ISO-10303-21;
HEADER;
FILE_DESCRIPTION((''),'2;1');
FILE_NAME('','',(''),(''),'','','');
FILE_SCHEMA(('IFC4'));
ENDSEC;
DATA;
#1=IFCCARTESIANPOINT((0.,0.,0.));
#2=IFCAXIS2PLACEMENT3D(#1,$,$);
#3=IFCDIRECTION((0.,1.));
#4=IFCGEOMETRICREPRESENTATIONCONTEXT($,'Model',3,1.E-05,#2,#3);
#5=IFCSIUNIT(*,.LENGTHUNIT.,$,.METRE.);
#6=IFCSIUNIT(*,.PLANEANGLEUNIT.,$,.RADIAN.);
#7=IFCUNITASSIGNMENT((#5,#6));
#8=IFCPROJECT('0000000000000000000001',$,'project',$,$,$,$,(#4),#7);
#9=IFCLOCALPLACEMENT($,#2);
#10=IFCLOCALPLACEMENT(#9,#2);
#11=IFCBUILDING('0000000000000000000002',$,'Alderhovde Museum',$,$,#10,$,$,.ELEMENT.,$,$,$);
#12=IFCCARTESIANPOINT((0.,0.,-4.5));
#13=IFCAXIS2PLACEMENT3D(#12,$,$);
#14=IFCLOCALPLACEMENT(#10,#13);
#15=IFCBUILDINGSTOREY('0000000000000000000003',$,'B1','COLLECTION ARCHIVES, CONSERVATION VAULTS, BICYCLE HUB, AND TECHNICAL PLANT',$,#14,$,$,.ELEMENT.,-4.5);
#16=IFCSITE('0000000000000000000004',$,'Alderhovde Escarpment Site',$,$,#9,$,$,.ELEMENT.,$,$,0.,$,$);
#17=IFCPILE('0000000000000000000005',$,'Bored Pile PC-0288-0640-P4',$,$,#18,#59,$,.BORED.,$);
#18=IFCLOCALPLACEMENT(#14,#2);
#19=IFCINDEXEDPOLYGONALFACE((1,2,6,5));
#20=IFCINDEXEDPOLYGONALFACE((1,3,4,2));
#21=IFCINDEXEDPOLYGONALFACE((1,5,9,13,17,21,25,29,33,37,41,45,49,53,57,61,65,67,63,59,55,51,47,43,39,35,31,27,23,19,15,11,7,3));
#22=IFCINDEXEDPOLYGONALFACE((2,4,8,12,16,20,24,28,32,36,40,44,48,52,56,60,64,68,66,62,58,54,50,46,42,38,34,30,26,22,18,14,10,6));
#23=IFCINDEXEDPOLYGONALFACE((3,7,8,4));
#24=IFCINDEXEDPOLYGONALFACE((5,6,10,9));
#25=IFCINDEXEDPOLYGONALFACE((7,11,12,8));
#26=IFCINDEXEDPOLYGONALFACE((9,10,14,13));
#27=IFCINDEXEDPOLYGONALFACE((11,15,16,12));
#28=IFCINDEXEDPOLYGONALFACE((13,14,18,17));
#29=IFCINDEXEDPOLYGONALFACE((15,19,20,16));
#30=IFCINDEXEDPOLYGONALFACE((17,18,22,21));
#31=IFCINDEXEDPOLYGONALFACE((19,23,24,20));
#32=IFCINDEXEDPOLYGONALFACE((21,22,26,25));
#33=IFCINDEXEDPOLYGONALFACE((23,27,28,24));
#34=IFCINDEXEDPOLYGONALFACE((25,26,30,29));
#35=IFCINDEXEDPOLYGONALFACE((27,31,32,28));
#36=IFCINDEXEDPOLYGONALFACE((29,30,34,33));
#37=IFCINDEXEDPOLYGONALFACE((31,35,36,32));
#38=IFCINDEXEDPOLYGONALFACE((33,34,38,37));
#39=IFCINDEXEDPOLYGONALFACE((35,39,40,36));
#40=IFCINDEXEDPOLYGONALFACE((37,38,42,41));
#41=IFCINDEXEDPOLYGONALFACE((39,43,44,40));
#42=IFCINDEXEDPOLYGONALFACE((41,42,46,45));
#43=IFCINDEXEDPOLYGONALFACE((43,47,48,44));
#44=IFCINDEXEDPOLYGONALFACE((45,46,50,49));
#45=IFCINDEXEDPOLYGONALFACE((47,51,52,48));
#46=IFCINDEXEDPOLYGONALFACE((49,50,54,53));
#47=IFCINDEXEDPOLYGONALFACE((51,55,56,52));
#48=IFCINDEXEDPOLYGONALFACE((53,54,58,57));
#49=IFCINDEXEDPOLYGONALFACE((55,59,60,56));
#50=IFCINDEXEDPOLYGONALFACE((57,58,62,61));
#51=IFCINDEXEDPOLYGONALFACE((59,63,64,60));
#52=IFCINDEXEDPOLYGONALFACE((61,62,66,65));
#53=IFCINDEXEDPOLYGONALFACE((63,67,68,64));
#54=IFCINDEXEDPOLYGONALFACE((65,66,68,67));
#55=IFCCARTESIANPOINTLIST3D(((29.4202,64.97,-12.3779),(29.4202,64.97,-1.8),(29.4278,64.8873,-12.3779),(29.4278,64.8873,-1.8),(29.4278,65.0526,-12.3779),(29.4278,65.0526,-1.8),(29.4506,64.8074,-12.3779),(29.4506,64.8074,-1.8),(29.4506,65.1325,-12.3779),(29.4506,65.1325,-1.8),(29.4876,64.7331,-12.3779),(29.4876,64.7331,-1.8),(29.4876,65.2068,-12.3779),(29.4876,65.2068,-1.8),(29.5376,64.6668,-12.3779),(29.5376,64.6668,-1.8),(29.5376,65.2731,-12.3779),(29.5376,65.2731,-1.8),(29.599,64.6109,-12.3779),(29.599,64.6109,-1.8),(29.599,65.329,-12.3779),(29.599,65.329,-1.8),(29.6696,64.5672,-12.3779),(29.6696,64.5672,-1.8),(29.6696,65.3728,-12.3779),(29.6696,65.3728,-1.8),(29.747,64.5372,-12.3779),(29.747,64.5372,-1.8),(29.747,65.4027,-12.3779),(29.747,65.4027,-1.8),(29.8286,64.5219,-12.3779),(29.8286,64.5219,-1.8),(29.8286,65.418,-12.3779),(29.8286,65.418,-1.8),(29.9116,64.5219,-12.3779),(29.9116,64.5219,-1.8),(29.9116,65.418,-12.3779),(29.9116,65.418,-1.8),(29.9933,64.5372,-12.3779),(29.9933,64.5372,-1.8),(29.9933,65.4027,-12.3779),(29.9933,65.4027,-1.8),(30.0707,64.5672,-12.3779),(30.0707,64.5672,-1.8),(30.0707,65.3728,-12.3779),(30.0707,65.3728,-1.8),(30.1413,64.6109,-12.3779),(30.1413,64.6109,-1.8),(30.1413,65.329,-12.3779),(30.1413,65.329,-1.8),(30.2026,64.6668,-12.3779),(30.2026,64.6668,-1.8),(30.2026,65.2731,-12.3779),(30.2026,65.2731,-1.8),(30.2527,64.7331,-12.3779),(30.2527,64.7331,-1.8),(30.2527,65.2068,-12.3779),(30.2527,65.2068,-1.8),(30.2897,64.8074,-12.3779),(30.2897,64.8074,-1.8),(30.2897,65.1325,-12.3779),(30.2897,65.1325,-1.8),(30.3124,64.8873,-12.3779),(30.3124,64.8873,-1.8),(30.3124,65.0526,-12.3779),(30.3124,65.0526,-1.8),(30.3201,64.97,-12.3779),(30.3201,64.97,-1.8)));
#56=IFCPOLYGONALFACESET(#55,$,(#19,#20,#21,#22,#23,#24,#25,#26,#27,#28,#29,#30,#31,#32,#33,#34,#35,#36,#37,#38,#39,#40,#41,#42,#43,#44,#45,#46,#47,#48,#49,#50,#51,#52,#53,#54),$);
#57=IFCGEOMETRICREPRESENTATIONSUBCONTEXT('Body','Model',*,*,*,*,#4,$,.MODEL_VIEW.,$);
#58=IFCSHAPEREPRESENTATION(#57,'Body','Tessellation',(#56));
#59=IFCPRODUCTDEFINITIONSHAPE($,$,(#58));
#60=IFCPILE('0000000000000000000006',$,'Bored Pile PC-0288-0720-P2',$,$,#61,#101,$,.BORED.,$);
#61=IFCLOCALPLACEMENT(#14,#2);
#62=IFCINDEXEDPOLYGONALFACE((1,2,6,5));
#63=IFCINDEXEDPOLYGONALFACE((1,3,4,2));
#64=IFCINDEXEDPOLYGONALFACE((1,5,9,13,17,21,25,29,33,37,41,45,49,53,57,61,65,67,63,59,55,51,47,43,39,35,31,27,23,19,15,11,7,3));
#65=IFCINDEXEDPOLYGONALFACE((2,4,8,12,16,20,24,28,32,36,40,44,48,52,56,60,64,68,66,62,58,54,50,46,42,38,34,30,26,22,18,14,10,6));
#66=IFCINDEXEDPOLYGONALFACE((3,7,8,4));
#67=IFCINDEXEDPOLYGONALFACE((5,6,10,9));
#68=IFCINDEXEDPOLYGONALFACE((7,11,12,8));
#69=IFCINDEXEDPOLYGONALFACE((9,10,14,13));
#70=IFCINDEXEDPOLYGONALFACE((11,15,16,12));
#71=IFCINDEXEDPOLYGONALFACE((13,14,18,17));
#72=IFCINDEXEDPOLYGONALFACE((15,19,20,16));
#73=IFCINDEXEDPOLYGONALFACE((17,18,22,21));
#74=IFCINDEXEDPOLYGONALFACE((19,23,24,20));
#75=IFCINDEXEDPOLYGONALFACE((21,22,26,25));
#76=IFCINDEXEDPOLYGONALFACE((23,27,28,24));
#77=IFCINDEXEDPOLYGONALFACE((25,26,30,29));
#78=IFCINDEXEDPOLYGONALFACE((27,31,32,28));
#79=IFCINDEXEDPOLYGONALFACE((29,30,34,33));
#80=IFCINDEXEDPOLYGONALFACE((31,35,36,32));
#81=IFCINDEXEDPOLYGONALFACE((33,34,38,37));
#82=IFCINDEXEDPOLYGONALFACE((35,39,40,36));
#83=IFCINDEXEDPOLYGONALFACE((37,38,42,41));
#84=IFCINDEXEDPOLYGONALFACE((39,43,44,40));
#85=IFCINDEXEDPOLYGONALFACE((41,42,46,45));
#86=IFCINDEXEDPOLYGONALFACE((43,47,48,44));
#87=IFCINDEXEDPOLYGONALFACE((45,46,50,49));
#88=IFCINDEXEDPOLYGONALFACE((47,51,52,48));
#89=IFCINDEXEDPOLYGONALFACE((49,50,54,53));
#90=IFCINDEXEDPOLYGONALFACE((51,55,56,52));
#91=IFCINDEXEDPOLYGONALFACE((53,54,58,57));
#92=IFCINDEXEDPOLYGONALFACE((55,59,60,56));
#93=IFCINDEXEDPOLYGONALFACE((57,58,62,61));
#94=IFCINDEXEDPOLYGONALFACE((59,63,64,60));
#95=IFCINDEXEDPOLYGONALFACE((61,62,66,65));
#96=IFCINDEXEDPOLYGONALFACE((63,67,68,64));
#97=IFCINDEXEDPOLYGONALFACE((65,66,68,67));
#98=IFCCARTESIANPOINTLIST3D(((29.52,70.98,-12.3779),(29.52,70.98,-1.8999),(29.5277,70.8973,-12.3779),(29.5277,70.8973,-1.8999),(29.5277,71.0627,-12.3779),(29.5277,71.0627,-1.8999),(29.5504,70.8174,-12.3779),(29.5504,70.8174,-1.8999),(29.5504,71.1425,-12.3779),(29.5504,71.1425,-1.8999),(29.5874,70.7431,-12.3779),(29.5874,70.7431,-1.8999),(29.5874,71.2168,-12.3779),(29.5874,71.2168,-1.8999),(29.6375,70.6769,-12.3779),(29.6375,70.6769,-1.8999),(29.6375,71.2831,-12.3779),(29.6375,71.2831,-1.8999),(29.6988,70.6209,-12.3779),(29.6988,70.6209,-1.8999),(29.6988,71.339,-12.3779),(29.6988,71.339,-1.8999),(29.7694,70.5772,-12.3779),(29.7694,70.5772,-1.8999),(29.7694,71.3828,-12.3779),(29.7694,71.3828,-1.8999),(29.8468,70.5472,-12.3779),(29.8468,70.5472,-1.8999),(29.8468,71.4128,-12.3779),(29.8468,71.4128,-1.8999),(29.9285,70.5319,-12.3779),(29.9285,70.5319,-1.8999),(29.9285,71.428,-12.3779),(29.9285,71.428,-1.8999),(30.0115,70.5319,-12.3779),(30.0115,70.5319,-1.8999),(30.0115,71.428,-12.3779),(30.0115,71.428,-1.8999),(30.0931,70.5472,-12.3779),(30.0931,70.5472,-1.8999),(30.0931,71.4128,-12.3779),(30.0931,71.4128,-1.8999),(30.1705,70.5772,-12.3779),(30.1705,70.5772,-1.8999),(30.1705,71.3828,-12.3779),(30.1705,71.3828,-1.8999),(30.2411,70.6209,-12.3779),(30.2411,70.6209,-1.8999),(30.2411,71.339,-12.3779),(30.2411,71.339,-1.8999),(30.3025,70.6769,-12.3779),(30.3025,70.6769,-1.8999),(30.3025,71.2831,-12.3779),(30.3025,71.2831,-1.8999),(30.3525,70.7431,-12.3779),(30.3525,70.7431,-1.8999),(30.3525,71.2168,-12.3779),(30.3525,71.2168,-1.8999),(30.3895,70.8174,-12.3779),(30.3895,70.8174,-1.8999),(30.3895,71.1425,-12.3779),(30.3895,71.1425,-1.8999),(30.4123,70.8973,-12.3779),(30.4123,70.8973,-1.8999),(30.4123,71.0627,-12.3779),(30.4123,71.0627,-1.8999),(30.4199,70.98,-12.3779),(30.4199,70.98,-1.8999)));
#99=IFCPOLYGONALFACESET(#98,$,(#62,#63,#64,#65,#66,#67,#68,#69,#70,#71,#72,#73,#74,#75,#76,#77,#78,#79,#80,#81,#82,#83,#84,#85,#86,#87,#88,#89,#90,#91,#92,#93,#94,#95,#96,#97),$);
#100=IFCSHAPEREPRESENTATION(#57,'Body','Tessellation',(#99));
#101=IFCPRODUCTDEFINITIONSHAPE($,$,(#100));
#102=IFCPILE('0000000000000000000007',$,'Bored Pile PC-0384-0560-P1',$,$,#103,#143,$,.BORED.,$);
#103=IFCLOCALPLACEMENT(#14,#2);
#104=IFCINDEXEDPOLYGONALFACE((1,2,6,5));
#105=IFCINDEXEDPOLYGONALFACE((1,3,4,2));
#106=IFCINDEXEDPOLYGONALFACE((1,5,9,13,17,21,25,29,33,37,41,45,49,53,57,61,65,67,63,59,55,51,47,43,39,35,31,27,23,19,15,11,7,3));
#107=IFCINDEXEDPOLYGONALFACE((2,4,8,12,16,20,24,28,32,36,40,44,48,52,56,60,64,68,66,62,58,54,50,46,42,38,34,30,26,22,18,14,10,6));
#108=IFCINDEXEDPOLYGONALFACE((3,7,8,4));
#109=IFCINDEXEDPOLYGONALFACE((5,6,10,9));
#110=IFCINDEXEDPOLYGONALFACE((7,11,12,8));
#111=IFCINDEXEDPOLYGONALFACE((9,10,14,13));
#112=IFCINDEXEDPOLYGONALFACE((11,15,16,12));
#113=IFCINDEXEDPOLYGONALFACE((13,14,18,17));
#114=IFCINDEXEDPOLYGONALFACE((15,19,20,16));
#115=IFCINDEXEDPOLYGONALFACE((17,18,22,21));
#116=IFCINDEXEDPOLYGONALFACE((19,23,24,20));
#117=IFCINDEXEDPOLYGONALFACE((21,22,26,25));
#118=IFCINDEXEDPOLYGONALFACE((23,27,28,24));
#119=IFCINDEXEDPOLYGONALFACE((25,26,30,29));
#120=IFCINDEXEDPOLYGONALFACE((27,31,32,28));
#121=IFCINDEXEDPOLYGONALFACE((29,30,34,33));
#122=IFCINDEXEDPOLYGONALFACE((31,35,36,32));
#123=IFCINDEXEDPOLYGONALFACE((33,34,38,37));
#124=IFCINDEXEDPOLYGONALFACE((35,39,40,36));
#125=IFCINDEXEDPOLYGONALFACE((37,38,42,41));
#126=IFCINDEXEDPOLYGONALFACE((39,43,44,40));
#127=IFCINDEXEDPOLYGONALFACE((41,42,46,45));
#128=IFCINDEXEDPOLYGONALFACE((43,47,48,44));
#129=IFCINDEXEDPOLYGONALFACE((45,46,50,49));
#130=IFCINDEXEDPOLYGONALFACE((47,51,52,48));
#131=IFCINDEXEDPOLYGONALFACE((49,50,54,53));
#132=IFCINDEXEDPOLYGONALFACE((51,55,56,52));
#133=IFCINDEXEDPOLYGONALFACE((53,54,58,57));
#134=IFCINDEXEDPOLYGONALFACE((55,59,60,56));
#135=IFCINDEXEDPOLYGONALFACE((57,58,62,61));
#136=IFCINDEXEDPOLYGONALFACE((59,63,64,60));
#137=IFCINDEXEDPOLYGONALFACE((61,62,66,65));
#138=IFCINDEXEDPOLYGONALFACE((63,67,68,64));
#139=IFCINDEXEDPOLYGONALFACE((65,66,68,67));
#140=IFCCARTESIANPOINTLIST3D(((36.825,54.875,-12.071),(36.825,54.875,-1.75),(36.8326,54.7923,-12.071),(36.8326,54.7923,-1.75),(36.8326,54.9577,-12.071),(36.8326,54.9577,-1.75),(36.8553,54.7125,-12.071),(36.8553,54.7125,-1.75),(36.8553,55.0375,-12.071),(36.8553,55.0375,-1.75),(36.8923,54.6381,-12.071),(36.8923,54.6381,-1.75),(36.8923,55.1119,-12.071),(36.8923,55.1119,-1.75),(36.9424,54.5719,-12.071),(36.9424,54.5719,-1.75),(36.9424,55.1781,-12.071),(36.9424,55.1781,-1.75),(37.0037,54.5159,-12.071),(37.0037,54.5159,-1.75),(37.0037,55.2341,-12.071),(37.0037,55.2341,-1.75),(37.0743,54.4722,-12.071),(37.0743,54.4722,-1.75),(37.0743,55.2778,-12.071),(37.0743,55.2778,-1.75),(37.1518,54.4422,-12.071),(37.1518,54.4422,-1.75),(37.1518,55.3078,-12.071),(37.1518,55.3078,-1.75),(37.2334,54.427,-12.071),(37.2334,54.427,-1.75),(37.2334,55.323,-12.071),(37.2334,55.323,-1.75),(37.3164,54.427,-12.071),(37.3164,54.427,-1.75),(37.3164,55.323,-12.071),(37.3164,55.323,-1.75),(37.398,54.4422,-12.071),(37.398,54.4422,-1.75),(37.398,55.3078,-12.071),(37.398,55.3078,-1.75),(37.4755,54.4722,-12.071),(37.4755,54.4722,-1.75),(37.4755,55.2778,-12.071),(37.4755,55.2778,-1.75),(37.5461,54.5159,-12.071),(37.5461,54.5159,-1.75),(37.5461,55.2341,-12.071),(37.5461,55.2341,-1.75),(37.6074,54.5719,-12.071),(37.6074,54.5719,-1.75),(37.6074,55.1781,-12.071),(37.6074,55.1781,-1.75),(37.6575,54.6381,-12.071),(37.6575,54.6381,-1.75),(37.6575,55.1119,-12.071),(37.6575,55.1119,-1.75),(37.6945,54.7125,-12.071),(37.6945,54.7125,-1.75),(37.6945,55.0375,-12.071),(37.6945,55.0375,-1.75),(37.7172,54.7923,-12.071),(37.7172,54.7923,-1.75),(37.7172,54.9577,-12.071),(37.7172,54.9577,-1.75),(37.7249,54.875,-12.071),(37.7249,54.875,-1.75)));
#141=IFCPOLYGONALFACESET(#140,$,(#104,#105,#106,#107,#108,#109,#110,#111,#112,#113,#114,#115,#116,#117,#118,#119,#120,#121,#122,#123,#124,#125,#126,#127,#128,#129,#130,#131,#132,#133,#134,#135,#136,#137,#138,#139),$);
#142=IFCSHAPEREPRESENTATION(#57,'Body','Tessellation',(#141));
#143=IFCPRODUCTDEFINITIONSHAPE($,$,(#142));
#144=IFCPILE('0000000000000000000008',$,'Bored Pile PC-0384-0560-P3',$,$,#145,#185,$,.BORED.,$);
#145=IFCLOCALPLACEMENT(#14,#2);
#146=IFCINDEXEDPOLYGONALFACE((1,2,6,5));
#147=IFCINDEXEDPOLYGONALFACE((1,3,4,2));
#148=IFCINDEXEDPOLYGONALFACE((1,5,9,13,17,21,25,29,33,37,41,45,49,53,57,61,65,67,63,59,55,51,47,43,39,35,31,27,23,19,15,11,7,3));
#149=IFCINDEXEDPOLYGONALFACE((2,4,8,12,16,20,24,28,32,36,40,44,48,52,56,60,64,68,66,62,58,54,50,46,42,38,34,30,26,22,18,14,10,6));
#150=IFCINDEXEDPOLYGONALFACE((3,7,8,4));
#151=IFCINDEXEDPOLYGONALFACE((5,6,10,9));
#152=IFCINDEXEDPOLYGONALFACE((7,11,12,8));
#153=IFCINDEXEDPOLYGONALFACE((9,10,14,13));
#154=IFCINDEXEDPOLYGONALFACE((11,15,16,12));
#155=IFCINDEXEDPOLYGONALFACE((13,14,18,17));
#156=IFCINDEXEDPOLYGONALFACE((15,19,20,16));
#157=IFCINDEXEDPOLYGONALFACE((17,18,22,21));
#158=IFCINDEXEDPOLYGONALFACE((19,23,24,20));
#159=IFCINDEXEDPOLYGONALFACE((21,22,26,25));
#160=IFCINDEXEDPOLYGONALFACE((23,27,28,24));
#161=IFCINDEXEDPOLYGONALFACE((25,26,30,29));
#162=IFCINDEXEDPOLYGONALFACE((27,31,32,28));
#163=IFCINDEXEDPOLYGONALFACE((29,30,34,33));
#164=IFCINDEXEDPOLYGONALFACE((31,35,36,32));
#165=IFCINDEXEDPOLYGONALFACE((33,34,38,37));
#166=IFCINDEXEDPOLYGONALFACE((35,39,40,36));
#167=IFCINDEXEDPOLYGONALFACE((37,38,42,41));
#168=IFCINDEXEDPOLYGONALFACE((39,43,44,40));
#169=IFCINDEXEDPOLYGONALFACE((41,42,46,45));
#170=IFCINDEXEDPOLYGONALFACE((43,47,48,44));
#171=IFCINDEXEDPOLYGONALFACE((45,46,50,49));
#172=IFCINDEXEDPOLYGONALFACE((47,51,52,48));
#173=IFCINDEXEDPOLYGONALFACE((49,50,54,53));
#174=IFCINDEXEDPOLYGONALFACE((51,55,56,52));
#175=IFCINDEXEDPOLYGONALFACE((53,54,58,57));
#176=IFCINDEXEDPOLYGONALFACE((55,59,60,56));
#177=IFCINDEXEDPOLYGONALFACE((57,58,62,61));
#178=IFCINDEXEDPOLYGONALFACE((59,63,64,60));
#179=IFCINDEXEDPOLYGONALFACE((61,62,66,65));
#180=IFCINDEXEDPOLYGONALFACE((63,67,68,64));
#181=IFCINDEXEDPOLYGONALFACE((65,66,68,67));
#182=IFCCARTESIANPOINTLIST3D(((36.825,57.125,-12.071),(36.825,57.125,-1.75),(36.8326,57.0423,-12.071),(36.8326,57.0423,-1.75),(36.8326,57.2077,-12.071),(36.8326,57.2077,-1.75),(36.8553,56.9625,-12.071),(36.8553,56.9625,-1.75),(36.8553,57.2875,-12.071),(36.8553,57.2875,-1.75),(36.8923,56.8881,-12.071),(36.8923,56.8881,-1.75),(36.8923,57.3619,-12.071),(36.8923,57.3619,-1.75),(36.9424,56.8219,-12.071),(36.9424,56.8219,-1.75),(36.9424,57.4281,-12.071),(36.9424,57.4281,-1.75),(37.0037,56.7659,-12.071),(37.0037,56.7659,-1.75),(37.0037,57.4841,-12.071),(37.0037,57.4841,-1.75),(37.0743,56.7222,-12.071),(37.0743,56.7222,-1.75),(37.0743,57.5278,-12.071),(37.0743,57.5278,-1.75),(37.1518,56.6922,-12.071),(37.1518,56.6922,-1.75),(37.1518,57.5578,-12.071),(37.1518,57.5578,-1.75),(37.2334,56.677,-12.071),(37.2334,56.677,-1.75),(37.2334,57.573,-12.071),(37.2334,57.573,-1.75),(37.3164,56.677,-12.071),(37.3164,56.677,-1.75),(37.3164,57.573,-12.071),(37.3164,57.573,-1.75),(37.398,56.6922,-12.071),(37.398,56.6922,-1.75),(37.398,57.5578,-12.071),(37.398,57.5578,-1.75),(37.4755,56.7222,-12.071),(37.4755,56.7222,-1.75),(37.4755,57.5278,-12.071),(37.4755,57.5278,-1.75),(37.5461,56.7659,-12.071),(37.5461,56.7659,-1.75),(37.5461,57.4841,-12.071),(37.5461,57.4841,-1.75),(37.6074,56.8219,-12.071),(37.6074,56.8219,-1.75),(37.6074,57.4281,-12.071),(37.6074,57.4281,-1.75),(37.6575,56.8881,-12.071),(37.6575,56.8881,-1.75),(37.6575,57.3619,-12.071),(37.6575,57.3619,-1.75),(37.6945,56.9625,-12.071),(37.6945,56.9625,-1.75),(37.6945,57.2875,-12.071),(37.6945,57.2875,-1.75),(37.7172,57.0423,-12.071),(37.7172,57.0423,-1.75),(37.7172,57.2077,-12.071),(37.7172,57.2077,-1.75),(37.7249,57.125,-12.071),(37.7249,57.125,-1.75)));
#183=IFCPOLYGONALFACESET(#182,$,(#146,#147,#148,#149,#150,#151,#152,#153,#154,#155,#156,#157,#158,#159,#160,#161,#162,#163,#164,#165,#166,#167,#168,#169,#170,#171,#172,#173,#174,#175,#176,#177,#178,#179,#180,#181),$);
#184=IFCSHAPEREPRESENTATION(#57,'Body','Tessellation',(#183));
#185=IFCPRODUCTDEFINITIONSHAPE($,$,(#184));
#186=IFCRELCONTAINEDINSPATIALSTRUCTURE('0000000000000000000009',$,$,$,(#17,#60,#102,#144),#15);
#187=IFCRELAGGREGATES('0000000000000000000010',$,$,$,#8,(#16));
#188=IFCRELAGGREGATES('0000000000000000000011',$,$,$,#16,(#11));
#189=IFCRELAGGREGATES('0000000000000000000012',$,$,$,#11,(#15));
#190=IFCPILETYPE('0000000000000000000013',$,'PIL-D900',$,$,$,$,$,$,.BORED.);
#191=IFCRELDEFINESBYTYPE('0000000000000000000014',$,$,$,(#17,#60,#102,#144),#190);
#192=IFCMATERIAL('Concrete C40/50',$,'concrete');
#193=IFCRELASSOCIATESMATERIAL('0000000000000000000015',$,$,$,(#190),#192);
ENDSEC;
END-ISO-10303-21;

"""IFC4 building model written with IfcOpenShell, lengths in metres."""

from ifc_helpers import new_model, si_unit, direction, frame, origin, origin_2d, place, context, subcontext, project, spatial, circle, extrude, material, material_profile, profile_set, type_object, element, save


model = new_model("IFC4")

# Units and contexts
model_context = context("Model", 3, precision=1e-05, world=origin(), true_north=direction((0.0, 1.0)))
body_context = subcontext(model_context, "Body", "Model", "MODEL_VIEW")
ifc_project = project(units=[si_unit("LENGTHUNIT", "METRE"), si_unit("PLANEANGLEUNIT", "RADIAN")], contexts=[model_context])

# Site, building, storey
site_placement = place(None, origin())
site = spatial("IfcSite", under=ifc_project, at=site_placement, Name="Alderhovde Escarpment Site", CompositionType="ELEMENT", RefElevation=0.0)
building_placement = place(site_placement, origin())
building = spatial("IfcBuilding", under=site, at=building_placement, Name="Alderhovde Museum", CompositionType="ELEMENT")
storey_placement = place(building_placement, frame((0.0, 0.0, -4.5)))
storey = spatial("IfcBuildingStorey", under=building, at=storey_placement, Name="B1", Description="COLLECTION ARCHIVES, CONSERVATION VAULTS, BICYCLE HUB, AND TECHNICAL PLANT", CompositionType="ELEMENT", Elevation=-4.5)

# Piles
ifc_material_1 = material(Name="Concrete C40/50", Category="concrete")
ifc_material_profile_1 = material_profile(ifc_material_1, circle(Radius=0.45, at=origin_2d()), Name="PILE-D900")
ifc_profile_set_1 = profile_set([ifc_material_profile_1], Name="Concrete C40/50")
pile_type_1 = type_object("IfcPileType", Name="PIL-D900", PredefinedType="BORED", material=ifc_profile_set_1)
for number, where, z_axis, x_axis, name in (
    (1, (29.8701, 64.97, -1.8), (0.0, 0.0, -1.0), (1.0, 0.0, 0.0), "Bored Pile PC-0288-0640-P4"),
):
    element("IfcPile", number, at=place(storey_placement, frame(where, z_axis=z_axis, x_axis=x_axis)), inside=storey, type_object=pile_type_1, Name=name, PredefinedType="BORED", context=body_context, shape_type="SweptSolid", body=[
        extrude(circle(Radius=0.45, at=origin_2d()), origin(), (0.0, 0.0, 1.0), 10.5779),
    ])
pile_placement = place(storey_placement, frame((29.97, 70.98, -1.8999), z_axis=(0.0, 0.0, -1.0), x_axis=(1.0, 0.0, 0.0)))
element("IfcPile", 2, at=pile_placement, inside=storey, type_object=pile_type_1, Name="Bored Pile PC-0288-0720-P2", PredefinedType="BORED", context=body_context, shape_type="SweptSolid", body=[
    extrude(circle(Radius=0.45, at=origin_2d()), origin(), (0.0, 0.0, 1.0), 10.478),
])
for number, where, z_axis, x_axis, name in (
    (3, (37.2749, 54.875, -1.75), (0.0, 0.0, -1.0), (1.0, 0.0, 0.0), "Bored Pile PC-0384-0560-P1"),
    (4, (37.2749, 57.125, -1.75), (0.0, 0.0, -1.0), (1.0, 0.0, 0.0), "Bored Pile PC-0384-0560-P3"),
):
    element("IfcPile", number, at=place(storey_placement, frame(where, z_axis=z_axis, x_axis=x_axis)), inside=storey, type_object=pile_type_1, Name=name, PredefinedType="BORED", context=body_context, shape_type="SweptSolid", body=[
        extrude(circle(Radius=0.45, at=origin_2d()), origin(), (0.0, 0.0, 1.0), 10.321),
    ])

save(model, "model.ifc")
